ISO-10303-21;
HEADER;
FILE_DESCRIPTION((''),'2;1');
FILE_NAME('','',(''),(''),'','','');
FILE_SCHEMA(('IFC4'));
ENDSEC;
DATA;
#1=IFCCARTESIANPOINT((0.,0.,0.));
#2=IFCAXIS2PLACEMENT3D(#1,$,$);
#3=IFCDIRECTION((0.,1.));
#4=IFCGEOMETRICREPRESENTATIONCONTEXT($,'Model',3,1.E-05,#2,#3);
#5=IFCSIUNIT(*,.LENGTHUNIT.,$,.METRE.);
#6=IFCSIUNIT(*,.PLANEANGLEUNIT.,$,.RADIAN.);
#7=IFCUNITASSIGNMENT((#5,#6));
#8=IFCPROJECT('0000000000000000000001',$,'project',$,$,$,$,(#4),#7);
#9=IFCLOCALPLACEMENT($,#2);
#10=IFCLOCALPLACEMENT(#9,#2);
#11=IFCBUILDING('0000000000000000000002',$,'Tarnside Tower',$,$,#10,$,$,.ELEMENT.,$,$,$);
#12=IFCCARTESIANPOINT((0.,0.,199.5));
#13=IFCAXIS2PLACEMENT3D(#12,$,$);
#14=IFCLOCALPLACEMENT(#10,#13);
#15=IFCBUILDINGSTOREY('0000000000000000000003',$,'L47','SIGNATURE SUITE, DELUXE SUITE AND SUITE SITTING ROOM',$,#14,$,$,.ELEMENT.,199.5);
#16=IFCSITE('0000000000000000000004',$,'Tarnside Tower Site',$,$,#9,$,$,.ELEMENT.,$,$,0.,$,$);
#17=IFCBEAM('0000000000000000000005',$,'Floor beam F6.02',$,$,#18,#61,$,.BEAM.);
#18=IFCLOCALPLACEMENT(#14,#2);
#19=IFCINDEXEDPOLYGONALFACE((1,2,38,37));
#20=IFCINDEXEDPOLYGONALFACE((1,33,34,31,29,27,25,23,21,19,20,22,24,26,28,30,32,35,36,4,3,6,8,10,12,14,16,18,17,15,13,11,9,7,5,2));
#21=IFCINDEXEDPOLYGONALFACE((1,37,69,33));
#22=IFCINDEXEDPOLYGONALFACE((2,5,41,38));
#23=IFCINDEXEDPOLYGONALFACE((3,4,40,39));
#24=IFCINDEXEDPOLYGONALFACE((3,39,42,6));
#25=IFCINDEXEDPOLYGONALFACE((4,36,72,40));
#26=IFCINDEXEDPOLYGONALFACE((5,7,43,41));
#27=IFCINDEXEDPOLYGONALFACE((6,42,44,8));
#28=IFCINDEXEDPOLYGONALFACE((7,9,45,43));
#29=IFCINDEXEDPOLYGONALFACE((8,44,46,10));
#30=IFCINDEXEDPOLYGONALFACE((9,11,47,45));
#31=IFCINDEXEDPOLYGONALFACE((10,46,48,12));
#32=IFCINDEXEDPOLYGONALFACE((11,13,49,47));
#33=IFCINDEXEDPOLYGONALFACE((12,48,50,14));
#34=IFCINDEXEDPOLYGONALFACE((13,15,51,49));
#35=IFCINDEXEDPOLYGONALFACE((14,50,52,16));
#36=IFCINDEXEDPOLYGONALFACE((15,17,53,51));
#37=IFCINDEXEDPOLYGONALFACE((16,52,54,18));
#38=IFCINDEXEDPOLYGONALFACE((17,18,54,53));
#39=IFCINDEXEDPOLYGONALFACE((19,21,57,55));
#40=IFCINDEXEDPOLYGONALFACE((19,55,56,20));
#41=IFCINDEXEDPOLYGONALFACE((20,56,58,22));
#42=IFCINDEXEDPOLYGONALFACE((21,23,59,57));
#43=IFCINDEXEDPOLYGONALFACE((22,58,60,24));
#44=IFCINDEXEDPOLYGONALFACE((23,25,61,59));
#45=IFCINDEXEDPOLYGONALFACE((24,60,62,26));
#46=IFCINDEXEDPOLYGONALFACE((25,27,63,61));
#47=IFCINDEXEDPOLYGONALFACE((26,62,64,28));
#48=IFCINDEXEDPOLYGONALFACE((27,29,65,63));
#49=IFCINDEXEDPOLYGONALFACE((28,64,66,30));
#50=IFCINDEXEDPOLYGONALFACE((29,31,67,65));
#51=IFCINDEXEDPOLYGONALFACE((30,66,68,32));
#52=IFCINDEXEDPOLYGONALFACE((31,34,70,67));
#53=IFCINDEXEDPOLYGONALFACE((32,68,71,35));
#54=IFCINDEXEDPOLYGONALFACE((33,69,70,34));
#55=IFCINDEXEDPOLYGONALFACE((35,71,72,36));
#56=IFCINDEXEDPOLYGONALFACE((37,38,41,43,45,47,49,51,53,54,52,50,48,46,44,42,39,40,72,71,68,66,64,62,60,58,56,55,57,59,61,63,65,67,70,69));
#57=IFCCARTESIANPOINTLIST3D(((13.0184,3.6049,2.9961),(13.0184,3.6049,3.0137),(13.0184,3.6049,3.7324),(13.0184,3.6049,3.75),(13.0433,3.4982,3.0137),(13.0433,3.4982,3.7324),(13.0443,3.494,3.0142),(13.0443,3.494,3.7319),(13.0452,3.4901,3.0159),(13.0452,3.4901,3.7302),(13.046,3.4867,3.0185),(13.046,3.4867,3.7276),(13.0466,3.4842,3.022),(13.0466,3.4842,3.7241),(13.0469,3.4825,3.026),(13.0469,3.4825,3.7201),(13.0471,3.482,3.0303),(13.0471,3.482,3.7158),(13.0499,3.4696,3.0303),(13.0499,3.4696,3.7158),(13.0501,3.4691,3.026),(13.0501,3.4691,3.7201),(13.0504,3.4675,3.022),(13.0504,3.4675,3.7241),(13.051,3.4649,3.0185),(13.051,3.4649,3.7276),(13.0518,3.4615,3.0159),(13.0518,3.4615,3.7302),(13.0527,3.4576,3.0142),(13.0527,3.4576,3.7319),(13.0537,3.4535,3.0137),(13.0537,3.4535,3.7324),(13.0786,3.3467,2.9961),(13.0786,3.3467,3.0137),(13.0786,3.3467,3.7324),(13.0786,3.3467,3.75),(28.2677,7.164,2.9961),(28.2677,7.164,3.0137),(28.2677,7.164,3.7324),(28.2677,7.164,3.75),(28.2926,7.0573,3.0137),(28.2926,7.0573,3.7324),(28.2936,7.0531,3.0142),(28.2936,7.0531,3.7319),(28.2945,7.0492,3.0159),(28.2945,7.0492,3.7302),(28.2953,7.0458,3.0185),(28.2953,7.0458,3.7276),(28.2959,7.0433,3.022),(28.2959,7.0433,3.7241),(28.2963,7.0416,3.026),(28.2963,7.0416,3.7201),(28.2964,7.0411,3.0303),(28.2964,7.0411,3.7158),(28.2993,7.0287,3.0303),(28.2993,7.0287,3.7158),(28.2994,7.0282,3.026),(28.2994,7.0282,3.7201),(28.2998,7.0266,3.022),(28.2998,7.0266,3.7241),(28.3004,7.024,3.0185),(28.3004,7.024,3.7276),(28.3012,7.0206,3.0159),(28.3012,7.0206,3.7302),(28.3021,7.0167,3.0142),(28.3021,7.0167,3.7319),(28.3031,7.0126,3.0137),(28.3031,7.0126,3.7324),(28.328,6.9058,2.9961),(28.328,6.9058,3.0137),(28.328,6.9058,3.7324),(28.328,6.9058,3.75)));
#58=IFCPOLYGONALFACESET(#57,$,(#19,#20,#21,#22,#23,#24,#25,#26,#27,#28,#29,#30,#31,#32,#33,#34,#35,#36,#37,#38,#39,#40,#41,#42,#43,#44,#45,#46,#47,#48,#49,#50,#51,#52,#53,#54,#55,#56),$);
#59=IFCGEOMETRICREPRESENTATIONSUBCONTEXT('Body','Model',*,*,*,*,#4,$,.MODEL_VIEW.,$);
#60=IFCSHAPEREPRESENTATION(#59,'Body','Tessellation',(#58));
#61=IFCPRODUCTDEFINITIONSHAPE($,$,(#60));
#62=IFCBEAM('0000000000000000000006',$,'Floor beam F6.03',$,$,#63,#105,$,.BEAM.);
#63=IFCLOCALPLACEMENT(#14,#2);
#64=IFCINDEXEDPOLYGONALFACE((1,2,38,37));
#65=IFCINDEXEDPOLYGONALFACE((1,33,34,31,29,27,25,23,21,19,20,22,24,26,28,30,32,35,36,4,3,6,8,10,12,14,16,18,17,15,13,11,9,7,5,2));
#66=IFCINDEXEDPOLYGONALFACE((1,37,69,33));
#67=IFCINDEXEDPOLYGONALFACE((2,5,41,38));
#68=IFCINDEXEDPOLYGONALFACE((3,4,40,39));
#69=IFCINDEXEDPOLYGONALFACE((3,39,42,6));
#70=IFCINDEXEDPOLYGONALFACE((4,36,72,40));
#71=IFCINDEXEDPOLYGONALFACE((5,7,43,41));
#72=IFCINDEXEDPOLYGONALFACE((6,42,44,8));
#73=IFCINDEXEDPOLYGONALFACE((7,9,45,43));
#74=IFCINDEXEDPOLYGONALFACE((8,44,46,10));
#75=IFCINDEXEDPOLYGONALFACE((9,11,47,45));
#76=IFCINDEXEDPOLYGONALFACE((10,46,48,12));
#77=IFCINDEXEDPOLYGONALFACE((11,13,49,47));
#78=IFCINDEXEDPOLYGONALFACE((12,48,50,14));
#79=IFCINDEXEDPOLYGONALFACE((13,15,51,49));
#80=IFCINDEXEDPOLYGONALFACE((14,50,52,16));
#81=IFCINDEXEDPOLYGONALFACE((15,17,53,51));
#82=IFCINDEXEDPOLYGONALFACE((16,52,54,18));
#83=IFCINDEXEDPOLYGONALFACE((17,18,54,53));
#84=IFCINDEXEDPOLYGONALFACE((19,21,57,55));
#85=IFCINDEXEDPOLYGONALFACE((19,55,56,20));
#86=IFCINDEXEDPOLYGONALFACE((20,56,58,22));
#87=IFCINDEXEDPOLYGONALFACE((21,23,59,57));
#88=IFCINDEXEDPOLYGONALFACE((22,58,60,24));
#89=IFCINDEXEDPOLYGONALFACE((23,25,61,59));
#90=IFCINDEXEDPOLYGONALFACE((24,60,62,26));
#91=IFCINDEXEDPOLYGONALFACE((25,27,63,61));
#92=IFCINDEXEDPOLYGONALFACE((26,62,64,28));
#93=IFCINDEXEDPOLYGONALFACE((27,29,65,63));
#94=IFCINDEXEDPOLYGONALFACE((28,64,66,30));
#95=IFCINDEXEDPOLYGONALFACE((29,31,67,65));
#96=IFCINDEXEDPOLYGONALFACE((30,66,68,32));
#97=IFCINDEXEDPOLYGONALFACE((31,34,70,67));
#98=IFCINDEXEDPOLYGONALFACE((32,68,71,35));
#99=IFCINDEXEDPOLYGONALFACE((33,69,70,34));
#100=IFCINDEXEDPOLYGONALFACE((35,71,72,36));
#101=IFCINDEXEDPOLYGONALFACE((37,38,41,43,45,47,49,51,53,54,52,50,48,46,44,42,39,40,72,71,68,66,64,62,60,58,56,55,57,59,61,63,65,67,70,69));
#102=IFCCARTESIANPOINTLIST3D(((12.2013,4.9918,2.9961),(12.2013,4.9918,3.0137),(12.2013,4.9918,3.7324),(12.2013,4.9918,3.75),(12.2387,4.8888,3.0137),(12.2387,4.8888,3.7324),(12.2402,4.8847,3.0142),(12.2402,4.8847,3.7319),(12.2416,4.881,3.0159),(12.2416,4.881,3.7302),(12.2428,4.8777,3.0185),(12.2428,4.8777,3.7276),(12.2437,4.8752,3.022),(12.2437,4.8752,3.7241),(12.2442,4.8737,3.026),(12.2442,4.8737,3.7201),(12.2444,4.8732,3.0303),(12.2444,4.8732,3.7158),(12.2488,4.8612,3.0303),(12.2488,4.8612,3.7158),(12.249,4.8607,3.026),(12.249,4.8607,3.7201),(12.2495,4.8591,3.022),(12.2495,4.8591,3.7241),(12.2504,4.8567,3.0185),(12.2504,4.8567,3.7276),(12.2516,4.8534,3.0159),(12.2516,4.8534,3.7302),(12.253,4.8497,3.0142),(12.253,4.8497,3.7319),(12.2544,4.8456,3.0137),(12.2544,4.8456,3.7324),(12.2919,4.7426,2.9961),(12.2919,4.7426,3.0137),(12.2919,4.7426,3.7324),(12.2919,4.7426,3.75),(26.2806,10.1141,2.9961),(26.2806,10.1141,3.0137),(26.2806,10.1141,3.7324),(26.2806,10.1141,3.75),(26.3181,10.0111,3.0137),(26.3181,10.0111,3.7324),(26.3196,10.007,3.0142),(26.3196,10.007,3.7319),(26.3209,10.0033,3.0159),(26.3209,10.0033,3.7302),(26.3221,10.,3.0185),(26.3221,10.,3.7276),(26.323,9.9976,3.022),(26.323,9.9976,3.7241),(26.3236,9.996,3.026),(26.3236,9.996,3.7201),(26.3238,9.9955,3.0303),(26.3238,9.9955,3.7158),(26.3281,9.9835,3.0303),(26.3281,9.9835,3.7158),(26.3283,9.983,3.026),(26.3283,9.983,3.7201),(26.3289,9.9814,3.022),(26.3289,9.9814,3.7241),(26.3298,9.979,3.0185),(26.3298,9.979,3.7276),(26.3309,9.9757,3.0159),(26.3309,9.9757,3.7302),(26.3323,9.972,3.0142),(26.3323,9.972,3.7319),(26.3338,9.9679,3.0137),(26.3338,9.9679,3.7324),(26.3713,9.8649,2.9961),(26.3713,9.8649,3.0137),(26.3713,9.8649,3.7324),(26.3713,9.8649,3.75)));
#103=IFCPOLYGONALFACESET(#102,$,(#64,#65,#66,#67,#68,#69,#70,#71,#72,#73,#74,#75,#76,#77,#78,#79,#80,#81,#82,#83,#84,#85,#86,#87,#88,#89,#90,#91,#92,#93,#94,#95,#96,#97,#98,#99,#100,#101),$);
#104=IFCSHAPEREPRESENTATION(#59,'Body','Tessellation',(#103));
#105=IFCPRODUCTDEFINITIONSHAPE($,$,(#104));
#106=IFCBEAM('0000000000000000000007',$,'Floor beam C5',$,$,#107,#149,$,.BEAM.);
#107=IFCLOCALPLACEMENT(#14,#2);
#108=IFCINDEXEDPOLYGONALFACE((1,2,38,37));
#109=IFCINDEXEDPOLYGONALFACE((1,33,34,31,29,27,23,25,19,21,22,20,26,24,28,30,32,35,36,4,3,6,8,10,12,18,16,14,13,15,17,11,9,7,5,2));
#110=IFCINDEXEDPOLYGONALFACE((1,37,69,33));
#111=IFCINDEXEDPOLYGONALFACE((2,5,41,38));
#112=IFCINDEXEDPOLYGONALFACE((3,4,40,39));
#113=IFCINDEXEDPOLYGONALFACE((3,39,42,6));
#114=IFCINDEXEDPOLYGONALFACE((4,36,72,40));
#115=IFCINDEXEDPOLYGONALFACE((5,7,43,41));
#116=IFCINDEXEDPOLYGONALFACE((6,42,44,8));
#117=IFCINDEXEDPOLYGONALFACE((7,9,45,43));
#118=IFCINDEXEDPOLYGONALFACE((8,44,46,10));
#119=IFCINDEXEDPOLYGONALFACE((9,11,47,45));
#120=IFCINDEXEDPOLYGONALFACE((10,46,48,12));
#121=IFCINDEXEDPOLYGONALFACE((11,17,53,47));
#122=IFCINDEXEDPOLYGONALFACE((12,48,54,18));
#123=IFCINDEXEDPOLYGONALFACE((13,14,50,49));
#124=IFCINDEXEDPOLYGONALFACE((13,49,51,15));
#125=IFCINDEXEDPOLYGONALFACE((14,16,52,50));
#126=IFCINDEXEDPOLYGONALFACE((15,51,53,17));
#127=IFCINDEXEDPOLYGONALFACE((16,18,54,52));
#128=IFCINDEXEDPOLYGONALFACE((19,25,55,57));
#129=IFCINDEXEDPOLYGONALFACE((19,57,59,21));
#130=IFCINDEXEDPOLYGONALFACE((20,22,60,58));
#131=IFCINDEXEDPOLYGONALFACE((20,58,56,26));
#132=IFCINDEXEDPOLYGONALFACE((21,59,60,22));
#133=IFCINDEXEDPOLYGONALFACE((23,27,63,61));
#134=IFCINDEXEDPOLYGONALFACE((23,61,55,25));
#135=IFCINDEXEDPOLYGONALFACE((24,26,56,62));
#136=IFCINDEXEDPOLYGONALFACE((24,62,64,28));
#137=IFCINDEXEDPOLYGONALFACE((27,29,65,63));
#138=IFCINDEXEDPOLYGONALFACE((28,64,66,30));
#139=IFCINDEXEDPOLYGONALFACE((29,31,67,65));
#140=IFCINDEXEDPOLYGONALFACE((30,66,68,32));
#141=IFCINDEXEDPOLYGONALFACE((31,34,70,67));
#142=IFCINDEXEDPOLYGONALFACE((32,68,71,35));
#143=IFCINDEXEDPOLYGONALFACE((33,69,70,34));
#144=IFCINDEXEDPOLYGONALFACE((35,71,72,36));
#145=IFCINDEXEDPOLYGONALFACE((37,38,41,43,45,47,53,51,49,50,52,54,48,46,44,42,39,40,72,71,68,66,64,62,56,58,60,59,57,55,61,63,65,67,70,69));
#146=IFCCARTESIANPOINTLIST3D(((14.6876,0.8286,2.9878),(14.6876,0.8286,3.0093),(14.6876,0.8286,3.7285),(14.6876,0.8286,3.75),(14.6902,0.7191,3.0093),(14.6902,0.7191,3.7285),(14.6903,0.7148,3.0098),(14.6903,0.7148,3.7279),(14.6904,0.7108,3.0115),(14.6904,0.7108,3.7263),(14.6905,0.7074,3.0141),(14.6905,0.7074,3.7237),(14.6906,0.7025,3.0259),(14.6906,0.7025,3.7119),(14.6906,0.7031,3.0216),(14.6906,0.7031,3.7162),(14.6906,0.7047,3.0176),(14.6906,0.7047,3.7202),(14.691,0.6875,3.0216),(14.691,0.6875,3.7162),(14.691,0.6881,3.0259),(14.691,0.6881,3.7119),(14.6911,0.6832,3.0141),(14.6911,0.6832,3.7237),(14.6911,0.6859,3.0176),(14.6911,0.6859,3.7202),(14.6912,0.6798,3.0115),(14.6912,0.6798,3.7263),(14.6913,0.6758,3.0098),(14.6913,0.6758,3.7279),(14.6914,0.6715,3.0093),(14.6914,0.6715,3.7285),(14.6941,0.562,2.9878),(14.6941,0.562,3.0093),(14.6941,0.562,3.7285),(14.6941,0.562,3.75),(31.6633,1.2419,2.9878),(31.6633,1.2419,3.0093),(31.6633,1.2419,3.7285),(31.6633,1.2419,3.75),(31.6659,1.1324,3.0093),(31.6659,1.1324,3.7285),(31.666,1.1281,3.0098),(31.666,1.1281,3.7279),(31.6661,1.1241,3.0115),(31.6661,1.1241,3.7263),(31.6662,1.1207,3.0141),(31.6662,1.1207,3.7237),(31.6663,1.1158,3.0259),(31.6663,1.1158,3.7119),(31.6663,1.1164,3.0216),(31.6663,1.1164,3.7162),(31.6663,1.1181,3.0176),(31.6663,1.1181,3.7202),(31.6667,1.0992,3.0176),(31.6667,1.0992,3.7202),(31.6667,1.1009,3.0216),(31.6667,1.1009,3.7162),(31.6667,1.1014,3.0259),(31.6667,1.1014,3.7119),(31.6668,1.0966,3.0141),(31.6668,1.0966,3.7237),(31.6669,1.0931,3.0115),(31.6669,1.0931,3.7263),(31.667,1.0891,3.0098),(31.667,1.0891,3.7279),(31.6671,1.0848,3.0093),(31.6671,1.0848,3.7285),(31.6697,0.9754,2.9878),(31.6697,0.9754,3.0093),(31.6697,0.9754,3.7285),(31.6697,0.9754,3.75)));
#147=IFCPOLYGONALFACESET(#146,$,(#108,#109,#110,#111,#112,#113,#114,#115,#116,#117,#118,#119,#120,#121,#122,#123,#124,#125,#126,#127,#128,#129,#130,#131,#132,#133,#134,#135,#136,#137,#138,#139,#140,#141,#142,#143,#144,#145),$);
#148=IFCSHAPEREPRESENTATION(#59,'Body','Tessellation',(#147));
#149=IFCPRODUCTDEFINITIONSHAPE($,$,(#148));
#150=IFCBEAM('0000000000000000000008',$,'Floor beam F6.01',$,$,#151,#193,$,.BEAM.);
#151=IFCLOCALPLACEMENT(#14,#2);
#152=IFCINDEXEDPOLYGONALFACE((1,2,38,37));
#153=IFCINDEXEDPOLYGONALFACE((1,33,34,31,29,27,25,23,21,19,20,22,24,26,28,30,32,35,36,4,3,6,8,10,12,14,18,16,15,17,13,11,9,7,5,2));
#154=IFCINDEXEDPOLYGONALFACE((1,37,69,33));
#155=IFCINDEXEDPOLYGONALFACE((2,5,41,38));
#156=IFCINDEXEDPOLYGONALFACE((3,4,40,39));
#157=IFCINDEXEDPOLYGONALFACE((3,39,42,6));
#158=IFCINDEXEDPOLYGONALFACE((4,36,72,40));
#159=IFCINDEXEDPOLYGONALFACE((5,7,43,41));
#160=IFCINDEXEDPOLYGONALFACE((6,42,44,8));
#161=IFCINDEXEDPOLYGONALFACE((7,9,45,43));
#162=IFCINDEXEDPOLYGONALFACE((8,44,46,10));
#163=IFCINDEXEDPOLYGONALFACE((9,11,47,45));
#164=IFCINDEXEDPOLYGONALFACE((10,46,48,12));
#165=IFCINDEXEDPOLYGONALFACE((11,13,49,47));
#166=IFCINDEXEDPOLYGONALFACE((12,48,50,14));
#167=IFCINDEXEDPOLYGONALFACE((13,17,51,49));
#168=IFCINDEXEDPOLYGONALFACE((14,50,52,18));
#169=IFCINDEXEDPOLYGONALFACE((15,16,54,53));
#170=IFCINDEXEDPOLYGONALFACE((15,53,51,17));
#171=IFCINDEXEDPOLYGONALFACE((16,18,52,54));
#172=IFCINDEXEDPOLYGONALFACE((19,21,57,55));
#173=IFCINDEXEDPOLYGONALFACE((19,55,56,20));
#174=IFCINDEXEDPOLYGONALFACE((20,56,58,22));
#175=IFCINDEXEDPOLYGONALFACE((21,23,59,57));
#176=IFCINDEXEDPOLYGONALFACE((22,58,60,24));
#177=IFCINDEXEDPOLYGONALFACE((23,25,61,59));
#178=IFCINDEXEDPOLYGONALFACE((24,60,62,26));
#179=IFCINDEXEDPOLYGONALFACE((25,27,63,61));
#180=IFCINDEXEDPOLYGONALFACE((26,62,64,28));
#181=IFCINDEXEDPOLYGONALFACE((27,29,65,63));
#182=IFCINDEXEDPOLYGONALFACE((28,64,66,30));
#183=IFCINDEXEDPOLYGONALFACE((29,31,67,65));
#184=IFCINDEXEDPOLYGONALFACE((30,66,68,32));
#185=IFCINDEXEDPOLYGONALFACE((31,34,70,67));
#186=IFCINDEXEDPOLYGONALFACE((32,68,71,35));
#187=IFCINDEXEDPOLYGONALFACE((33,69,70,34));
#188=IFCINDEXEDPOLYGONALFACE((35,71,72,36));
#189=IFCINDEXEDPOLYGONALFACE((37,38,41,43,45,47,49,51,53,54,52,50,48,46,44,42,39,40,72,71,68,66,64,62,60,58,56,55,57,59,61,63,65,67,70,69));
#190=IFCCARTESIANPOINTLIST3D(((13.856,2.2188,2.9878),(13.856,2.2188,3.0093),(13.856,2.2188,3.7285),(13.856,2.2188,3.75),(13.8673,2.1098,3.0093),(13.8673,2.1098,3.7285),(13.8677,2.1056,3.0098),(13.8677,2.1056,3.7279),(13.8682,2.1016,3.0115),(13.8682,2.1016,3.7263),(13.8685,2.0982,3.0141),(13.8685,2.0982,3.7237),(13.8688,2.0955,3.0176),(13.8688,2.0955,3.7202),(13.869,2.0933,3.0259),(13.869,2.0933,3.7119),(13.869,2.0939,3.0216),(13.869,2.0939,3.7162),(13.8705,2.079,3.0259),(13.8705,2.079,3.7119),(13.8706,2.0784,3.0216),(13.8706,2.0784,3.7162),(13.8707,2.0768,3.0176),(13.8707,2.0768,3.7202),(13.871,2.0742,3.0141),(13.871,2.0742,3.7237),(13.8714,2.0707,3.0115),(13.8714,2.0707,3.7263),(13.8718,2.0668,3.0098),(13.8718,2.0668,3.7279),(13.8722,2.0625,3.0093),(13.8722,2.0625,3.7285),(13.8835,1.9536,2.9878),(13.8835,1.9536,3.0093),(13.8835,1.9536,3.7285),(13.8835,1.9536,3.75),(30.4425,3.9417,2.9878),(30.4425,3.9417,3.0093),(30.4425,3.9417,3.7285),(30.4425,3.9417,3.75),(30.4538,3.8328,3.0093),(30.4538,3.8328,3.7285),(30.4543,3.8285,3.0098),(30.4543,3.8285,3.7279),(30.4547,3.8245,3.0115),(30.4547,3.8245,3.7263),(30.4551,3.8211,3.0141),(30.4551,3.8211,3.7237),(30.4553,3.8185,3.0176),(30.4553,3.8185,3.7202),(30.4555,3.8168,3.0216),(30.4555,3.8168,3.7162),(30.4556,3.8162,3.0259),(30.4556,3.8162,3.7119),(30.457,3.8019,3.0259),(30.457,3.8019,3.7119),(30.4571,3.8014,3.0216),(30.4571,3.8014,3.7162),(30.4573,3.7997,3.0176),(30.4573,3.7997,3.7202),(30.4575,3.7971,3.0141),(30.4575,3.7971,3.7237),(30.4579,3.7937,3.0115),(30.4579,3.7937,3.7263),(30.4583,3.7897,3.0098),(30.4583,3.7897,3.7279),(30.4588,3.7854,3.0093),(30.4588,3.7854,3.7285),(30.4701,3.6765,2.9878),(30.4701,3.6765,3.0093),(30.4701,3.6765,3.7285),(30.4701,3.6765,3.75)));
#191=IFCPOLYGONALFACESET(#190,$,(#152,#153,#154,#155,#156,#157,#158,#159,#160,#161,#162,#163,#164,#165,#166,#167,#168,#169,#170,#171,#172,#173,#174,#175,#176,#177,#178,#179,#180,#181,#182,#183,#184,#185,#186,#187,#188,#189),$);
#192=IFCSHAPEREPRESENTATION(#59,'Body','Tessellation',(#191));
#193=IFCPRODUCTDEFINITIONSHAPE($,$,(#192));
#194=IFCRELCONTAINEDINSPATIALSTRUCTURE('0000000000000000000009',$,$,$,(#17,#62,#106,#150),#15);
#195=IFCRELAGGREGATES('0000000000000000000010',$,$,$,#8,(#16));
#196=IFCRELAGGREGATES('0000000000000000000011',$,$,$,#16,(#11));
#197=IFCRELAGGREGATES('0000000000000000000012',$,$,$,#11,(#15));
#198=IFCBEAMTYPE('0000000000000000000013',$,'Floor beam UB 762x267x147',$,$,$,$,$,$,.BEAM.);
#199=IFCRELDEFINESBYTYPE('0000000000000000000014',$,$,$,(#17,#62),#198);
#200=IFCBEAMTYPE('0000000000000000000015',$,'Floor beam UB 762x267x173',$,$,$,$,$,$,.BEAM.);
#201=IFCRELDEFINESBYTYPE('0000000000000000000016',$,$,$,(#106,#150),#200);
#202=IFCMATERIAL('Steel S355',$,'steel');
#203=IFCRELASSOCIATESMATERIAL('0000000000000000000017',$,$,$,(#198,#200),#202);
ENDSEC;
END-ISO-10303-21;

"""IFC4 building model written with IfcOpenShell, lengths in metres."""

from ifc_helpers import new_model, si_unit, direction, frame, origin, origin_2d, place, context, subcontext, project, spatial, i_section, extrude, material, material_profile, profile_set, type_object, element, save


model = new_model("IFC4")

# Units and contexts
model_context = context("Model", 3, precision=1e-05, world=origin(), true_north=direction((0.0, 1.0)))
body_context = subcontext(model_context, "Body", "Model", "MODEL_VIEW")
ifc_project = project(units=[si_unit("LENGTHUNIT", "METRE"), si_unit("PLANEANGLEUNIT", "RADIAN")], contexts=[model_context])

# Site, building, storey
site_placement = place(None, origin())
site = spatial("IfcSite", under=ifc_project, at=site_placement, Name="Tarnside Tower Site", CompositionType="ELEMENT", RefElevation=0.0)
building_placement = place(site_placement, origin())
building = spatial("IfcBuilding", under=site, at=building_placement, Name="Tarnside Tower", CompositionType="ELEMENT")
storey_placement = place(building_placement, frame((0.0, 0.0, 199.5)))
storey = spatial("IfcBuildingStorey", under=building, at=storey_placement, Name="L47", Description="SIGNATURE SUITE, DELUXE SUITE AND SUITE SITTING ROOM", CompositionType="ELEMENT", Elevation=199.5)

# Beams
ifc_material_1 = material(Name="Steel S355", Category="steel")
ifc_material_profile_1 = material_profile(ifc_material_1, i_section(OverallWidth=0.2651, OverallDepth=0.7539, WebThickness=0.0127, FlangeThickness=0.0176, FilletRadius=0.0166, at=origin_2d()), Name="UB 762x267x147")
ifc_profile_set_1 = profile_set([ifc_material_profile_1], Name="Steel S355")
beam_type_1 = type_object("IfcBeamType", Name="Floor beam UB 762x267x147", PredefinedType="BEAM", material=ifc_profile_set_1)
beam_1_placement = place(storey_placement, frame((28.2979, 7.0349, 3.373), z_axis=(-0.973828, -0.227285, 0.0), x_axis=(0.227285, -0.973828, 0.0)))
element("IfcBeam", 1, at=beam_1_placement, inside=storey, type_object=beam_type_1, Name="Floor beam F6.02", PredefinedType="BEAM", context=body_context, shape_type="SweptSolid", body=[
    extrude(i_section(OverallWidth=0.2651, OverallDepth=0.7539, WebThickness=0.0127, FlangeThickness=0.0176, FilletRadius=0.0166, at=origin_2d()), origin(), (0.0, 0.0, 1.0), 15.6592),
])
beam_2_placement = place(storey_placement, frame((26.3259, 9.9895, 3.373), z_axis=(-0.939739, -0.341894, 0.0), x_axis=(0.341894, -0.939739, 0.0)))
element("IfcBeam", 2, at=beam_2_placement, inside=storey, type_object=beam_type_1, Name="Floor beam F6.03", PredefinedType="BEAM", context=body_context, shape_type="SweptSolid", body=[
    extrude(i_section(OverallWidth=0.2651, OverallDepth=0.7539, WebThickness=0.0127, FlangeThickness=0.0176, FilletRadius=0.0166, at=origin_2d()), origin(), (0.0, 0.0, 1.0), 14.9822),
])
ifc_material_profile_2 = material_profile(ifc_material_1, i_section(OverallWidth=0.2666, OverallDepth=0.7622, WebThickness=0.0144, FlangeThickness=0.0215, FilletRadius=0.0166, at=origin_2d()), Name="UB 762x267x173")
ifc_profile_set_2 = profile_set([ifc_material_profile_2], Name="Steel S355")
beam_type_2 = type_object("IfcBeamType", Name="Floor beam UB 762x267x173", PredefinedType="BEAM", material=ifc_profile_set_2)
beam_3_placement = place(storey_placement, frame((31.6665, 1.1086, 3.3689), z_axis=(-0.999704, -0.024341, 0.0), x_axis=(0.024341, -0.999704, 0.0)))
element("IfcBeam", 3, at=beam_3_placement, inside=storey, type_object=beam_type_2, Name="Floor beam C5", PredefinedType="BEAM", context=body_context, shape_type="SweptSolid", body=[
    extrude(i_section(OverallWidth=0.2666, OverallDepth=0.7622, WebThickness=0.0144, FlangeThickness=0.0215, FilletRadius=0.0166, at=origin_2d()), origin(), (0.0, 0.0, 1.0), 16.9807),
])
beam_4_placement = place(storey_placement, frame((30.4563, 3.8091, 3.3689), z_axis=(-0.994648, -0.103318, 0.0), x_axis=(0.103318, -0.994648, 0.0)))
element("IfcBeam", 4, at=beam_4_placement, inside=storey, type_object=beam_type_2, Name="Floor beam F6.01", PredefinedType="BEAM", context=body_context, shape_type="SweptSolid", body=[
    extrude(i_section(OverallWidth=0.2666, OverallDepth=0.7622, WebThickness=0.0144, FlangeThickness=0.0215, FilletRadius=0.0166, at=origin_2d()), origin(), (0.0, 0.0, 1.0), 16.6758),
])

save(model, "model.ifc")
